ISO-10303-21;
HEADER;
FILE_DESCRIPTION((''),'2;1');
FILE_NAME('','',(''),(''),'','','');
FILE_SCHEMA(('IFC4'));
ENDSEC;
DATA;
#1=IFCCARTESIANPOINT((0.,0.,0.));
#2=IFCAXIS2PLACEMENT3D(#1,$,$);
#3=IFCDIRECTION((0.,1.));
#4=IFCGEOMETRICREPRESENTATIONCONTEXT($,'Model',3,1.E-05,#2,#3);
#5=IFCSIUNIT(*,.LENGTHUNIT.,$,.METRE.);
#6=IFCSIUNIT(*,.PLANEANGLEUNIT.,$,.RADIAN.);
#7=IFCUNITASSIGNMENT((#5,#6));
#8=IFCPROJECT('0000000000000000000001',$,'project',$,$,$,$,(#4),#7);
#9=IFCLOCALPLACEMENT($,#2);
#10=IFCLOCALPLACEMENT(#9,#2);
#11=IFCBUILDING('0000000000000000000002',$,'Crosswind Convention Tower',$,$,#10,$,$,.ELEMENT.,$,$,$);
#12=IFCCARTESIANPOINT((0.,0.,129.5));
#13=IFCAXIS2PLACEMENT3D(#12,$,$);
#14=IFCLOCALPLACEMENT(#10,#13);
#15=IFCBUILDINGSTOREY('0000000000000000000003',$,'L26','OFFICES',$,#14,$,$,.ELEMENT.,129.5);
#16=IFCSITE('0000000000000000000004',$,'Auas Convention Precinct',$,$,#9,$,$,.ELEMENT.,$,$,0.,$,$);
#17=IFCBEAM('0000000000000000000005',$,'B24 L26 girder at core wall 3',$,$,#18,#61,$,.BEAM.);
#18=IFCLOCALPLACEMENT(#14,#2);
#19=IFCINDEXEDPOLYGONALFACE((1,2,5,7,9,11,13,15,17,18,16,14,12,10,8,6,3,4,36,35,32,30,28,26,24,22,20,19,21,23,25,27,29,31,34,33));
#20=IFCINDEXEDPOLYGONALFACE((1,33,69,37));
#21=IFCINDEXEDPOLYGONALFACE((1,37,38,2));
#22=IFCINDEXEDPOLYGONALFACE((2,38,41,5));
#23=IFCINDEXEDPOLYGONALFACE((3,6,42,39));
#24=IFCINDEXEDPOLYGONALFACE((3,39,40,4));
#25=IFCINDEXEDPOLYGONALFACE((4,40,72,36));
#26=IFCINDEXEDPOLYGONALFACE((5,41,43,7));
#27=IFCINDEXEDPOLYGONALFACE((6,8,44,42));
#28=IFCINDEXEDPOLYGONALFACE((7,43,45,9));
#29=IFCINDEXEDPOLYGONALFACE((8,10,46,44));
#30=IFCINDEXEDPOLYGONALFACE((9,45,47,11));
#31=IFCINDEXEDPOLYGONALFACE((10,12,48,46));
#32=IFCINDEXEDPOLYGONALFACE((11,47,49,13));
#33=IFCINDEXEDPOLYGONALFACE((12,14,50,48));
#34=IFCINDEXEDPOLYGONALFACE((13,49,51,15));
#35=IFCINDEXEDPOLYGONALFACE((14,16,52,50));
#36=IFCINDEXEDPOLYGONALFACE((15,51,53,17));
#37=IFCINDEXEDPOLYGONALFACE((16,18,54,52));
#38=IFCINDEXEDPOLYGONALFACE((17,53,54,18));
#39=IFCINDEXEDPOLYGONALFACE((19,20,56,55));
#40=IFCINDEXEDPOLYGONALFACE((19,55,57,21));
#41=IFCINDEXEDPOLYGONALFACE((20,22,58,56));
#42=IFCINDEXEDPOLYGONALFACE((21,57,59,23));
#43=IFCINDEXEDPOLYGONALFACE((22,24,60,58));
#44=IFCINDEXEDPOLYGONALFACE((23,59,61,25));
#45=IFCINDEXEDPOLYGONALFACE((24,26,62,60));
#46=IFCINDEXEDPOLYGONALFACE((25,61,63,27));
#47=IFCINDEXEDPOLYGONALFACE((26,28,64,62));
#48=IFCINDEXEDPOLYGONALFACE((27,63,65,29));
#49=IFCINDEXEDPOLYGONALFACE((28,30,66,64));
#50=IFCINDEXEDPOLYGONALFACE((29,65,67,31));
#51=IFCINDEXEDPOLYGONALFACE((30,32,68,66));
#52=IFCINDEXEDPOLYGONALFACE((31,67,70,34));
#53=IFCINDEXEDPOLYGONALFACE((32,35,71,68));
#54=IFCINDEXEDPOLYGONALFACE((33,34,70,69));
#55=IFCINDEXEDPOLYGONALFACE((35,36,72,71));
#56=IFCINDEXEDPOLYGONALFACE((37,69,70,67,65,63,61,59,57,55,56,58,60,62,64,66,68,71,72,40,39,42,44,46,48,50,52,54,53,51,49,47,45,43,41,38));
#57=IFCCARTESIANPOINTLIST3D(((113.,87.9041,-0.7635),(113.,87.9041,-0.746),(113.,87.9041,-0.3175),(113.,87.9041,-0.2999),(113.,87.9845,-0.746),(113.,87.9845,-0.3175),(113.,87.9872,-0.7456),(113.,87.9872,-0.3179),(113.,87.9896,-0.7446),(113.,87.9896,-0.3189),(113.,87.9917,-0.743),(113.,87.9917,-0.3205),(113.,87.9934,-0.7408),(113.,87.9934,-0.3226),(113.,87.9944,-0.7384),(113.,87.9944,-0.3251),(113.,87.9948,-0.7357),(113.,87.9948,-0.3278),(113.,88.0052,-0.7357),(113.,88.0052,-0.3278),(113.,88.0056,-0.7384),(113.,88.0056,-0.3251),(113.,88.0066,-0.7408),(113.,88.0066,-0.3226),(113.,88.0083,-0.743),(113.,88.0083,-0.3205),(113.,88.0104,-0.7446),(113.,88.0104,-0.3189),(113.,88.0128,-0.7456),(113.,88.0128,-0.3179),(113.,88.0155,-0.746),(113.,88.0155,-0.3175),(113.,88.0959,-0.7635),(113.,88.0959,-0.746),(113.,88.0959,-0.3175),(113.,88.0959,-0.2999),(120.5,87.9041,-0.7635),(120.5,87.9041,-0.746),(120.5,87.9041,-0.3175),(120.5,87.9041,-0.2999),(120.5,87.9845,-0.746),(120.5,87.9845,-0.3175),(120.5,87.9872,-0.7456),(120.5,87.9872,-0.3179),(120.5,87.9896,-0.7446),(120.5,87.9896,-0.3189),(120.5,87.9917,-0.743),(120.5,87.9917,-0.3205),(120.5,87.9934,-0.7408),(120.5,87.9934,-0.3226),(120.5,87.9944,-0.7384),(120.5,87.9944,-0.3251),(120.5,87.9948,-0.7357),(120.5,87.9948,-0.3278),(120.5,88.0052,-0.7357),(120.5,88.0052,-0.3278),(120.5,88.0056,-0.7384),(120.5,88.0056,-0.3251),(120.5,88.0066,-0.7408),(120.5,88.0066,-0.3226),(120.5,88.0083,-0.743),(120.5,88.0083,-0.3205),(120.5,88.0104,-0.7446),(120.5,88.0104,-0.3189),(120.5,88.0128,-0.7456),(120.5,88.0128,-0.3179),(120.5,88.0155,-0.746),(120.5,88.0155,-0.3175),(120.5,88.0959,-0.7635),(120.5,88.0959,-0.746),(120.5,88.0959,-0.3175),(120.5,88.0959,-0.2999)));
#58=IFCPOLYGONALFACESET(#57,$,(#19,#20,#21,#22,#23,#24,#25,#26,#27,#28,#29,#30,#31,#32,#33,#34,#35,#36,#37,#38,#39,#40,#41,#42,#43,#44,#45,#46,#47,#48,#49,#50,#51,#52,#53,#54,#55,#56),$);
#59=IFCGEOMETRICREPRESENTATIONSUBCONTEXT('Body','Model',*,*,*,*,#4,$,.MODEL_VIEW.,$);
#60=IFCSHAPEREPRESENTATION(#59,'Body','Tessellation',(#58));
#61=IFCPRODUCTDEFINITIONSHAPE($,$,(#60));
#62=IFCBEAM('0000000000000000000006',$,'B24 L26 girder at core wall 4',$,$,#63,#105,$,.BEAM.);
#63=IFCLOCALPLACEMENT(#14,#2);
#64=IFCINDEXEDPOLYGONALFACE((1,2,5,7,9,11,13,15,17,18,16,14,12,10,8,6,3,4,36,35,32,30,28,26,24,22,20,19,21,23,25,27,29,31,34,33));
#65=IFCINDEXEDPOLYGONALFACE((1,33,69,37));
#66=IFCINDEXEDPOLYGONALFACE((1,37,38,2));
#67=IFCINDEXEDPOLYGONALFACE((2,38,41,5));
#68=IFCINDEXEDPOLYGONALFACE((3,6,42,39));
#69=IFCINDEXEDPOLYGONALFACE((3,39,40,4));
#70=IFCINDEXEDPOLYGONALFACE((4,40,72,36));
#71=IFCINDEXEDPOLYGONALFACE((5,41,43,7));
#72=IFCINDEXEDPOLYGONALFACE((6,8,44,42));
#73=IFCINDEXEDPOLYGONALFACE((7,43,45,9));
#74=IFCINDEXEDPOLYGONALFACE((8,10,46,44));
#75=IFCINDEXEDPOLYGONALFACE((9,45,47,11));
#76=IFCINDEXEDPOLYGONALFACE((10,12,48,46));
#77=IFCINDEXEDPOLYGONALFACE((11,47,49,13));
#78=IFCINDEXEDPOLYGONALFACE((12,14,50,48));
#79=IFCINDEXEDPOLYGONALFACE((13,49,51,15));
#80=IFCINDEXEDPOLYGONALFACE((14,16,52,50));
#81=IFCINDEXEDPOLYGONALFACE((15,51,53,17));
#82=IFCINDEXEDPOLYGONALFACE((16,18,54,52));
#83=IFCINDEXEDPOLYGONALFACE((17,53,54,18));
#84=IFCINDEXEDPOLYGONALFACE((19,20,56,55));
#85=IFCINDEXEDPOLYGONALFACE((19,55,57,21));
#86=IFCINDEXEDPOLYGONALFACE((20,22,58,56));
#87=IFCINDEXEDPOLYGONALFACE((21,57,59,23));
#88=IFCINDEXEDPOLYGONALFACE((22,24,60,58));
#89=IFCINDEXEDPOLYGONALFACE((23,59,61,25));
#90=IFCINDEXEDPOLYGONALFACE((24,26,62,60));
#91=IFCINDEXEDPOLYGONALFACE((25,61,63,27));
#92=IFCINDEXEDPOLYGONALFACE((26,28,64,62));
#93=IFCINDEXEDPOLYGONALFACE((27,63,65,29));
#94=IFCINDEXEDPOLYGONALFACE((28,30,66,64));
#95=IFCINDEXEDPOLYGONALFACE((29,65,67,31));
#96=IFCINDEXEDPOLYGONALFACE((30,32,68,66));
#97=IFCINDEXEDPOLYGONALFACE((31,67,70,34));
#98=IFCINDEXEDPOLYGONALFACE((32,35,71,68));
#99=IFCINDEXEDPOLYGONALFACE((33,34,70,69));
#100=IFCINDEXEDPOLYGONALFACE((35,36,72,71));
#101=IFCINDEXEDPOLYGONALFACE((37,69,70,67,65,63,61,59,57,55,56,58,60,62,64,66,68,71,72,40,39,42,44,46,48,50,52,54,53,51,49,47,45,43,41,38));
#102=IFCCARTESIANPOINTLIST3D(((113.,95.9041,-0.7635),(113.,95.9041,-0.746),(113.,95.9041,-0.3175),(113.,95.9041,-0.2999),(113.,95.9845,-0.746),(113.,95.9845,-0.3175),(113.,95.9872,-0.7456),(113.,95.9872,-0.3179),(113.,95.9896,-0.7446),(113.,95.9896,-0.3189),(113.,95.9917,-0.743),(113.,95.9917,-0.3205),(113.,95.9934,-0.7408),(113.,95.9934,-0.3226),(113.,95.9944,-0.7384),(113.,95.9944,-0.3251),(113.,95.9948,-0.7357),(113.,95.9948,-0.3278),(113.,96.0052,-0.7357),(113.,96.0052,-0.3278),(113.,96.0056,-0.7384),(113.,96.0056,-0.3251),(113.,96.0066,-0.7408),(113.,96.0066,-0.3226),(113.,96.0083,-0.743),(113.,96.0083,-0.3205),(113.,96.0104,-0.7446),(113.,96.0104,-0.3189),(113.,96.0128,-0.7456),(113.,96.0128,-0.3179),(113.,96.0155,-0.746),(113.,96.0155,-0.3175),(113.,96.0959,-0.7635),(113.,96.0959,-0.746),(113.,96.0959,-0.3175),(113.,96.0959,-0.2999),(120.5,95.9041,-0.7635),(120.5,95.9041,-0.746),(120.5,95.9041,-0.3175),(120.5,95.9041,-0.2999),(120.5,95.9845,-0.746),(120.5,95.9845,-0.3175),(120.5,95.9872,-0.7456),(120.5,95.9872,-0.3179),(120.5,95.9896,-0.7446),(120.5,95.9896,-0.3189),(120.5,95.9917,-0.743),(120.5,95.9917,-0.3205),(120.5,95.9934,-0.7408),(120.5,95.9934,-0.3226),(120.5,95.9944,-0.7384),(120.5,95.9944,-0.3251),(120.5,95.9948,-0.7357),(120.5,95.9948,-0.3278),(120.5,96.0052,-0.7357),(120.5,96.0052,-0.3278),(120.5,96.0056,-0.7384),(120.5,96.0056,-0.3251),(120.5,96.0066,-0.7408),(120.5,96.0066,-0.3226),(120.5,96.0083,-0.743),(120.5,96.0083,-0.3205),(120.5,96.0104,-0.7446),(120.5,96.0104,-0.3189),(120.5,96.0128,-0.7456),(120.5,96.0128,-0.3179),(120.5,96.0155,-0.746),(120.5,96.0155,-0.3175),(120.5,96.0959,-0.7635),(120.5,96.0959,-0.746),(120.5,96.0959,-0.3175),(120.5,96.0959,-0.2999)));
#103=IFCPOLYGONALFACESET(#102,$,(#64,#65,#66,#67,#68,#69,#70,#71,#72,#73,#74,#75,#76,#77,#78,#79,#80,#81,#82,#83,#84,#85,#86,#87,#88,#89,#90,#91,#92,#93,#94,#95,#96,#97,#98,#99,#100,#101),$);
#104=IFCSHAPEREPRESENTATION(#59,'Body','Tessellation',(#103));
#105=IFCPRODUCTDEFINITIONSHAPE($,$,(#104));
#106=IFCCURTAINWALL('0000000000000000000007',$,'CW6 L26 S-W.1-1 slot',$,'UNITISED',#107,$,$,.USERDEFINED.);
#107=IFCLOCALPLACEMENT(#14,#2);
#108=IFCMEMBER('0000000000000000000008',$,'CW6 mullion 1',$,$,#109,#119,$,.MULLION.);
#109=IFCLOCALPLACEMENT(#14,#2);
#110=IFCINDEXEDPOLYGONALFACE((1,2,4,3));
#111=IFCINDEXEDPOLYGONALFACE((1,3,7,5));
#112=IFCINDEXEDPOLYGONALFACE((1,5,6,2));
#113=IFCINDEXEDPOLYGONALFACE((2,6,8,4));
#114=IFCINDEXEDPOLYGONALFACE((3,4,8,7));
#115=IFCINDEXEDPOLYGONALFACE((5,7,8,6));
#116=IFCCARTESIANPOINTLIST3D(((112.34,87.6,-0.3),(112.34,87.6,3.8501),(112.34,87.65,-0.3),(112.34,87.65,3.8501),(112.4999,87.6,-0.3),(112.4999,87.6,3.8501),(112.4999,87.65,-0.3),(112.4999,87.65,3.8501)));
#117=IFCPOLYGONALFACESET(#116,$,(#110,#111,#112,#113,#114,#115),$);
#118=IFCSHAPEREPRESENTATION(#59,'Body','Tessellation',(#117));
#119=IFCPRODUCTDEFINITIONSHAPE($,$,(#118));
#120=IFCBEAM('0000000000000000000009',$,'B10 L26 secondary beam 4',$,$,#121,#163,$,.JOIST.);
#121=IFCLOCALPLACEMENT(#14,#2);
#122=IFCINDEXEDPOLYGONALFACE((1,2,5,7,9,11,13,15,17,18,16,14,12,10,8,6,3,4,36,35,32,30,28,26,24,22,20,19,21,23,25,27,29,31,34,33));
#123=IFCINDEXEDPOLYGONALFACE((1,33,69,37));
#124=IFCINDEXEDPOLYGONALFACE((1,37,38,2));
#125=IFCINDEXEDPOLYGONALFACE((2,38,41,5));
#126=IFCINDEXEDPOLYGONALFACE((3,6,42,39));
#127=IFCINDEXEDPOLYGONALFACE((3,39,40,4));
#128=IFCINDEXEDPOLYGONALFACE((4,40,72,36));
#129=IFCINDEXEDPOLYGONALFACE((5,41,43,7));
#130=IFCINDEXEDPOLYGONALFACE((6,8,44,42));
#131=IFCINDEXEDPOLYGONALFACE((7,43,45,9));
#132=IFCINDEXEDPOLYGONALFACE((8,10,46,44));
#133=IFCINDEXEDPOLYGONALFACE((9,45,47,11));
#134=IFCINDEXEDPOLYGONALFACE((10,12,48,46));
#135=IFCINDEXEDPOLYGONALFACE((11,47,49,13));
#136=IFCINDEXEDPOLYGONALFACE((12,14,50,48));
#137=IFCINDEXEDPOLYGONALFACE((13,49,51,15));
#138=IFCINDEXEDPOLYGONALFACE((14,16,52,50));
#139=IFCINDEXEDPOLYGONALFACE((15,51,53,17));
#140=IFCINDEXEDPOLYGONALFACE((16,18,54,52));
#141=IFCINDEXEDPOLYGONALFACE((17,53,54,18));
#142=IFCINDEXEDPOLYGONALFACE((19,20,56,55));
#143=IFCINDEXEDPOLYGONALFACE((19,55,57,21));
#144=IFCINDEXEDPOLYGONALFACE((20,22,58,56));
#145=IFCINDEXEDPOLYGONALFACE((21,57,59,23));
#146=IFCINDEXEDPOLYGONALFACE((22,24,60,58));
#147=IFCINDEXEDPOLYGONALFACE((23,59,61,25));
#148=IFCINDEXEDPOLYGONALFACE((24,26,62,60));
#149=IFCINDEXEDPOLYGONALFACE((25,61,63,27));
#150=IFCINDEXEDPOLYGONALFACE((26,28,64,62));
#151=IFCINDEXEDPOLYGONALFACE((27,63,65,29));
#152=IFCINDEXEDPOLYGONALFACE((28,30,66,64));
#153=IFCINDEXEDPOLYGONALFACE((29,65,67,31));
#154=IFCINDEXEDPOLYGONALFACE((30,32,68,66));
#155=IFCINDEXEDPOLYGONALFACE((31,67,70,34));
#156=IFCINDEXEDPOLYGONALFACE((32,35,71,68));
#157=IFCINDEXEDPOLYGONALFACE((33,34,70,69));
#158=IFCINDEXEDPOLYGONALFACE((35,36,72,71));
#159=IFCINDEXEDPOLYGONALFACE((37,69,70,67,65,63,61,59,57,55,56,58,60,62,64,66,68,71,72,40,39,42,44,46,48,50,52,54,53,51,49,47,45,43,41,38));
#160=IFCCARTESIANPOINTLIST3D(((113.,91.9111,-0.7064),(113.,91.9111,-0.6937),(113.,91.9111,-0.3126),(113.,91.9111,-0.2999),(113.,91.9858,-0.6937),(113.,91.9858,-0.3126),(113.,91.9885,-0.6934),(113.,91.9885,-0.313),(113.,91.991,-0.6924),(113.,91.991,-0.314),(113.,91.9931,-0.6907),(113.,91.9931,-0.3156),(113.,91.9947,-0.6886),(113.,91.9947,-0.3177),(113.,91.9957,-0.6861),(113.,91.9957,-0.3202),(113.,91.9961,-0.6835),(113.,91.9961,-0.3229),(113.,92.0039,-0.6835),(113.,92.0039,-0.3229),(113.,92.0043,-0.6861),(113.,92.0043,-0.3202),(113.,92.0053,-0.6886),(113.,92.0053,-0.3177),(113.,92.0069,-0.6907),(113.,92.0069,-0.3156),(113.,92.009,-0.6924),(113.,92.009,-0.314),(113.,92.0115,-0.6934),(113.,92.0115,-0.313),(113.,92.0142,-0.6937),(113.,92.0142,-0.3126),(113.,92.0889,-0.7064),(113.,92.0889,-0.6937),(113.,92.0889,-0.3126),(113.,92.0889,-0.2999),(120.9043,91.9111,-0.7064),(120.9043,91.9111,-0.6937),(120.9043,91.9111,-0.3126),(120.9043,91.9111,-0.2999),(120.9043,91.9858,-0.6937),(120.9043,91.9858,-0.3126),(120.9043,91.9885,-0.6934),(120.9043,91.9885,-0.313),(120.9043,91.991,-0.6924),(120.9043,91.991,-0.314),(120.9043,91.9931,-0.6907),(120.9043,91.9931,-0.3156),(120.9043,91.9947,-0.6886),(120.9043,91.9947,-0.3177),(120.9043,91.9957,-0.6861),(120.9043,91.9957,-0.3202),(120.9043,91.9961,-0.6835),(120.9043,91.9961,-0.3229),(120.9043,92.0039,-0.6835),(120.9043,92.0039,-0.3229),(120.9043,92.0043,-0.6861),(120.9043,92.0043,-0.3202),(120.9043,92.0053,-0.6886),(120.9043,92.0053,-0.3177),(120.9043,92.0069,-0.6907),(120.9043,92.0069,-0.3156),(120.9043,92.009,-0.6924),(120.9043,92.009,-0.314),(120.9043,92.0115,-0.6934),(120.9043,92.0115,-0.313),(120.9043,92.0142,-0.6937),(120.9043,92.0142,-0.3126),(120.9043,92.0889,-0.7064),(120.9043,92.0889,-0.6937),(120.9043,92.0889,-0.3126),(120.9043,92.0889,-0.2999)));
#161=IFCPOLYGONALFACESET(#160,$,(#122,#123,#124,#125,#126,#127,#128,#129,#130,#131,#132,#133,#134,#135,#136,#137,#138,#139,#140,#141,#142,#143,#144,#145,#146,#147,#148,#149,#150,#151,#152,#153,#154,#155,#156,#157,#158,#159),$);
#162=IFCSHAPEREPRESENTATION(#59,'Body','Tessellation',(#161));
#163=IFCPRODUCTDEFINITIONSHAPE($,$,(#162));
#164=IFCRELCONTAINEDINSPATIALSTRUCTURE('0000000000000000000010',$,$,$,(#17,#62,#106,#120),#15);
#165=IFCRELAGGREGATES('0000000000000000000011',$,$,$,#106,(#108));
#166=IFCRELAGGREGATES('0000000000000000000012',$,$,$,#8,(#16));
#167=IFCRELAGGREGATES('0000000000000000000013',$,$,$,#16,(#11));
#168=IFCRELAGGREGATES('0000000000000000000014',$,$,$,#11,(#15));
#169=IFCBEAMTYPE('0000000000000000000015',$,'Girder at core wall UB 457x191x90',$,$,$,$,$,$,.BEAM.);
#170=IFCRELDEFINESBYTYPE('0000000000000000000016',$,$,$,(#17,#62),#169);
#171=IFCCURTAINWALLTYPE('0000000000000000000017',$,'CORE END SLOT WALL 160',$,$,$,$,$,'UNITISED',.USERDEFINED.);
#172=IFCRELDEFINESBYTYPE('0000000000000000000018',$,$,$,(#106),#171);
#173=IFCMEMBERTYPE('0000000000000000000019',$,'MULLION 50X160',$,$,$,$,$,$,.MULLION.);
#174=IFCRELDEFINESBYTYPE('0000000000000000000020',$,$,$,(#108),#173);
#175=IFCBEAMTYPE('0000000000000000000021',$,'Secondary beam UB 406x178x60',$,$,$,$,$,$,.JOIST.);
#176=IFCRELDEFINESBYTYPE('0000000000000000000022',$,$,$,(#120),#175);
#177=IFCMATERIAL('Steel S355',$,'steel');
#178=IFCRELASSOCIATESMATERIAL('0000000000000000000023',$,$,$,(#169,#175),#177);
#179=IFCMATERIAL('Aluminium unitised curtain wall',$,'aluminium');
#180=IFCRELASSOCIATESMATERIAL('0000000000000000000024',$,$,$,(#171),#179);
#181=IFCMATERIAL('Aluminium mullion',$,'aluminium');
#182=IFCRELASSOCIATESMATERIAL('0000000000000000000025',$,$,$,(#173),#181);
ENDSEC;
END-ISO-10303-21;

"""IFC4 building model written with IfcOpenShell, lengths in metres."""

from ifc_helpers import new_model, si_unit, direction, frame, origin, origin_2d, place, context, subcontext, project, spatial, rectangle, i_section, extrude, material, material_profile, profile_set, type_object, element, aggregate, save


model = new_model("IFC4")

# Units and contexts
model_context = context("Model", 3, precision=1e-05, world=origin(), true_north=direction((0.0, 1.0)))
body_context = subcontext(model_context, "Body", "Model", "MODEL_VIEW")
ifc_project = project(units=[si_unit("LENGTHUNIT", "METRE"), si_unit("PLANEANGLEUNIT", "RADIAN")], contexts=[model_context])

# Site, building, storey
site_placement = place(None, origin())
site = spatial("IfcSite", under=ifc_project, at=site_placement, Name="Auas Convention Precinct", CompositionType="ELEMENT", RefElevation=0.0)
building_placement = place(site_placement, origin())
building = spatial("IfcBuilding", under=site, at=building_placement, Name="Crosswind Convention Tower", CompositionType="ELEMENT")
storey_placement = place(building_placement, frame((0.0, 0.0, 129.5)))
storey = spatial("IfcBuildingStorey", under=building, at=storey_placement, Name="L26", Description="OFFICES", CompositionType="ELEMENT", Elevation=129.5)

# Beams
ifc_material_1 = material(Name="Steel S355", Category="steel")
ifc_material_profile_1 = material_profile(ifc_material_1, i_section(OverallWidth=0.1919, OverallDepth=0.4636, WebThickness=0.0105, FlangeThickness=0.0176, FilletRadius=0.0103, at=origin_2d()), Name="UB 457x191x90")
ifc_profile_set_1 = profile_set([ifc_material_profile_1], Name="Steel S355")
beam_type_1 = type_object("IfcBeamType", Name="Girder at core wall UB 457x191x90", PredefinedType="BEAM", material=ifc_profile_set_1)
for number, where, z_axis, x_axis, name in (
    (1, (113.0, 88.0, -0.5317), (1.0, 0.0, 0.0), (0.0, 1.0, 0.0), "B24 L26 girder at core wall 3"),
    (2, (113.0, 96.0, -0.5317), (1.0, 0.0, 0.0), (0.0, 1.0, 0.0), "B24 L26 girder at core wall 4"),
):
    element("IfcBeam", number, at=place(storey_placement, frame(where, z_axis=z_axis, x_axis=x_axis)), inside=storey, type_object=beam_type_1, Name=name, PredefinedType="BEAM", context=body_context, shape_type="SweptSolid", body=[
        extrude(i_section(OverallWidth=0.1919, OverallDepth=0.4636, WebThickness=0.0105, FlangeThickness=0.0176, FilletRadius=0.0103, at=origin_2d()), origin(), (0.0, 0.0, 1.0), 7.5),
    ])

# Curtain wall, member
ifc_material_2 = material(Name="Aluminium unitised curtain wall", Category="aluminium")
curtain_wall_type = type_object("IfcCurtainWallType", Name="CORE END SLOT WALL 160", ElementType="UNITISED", PredefinedType="USERDEFINED", material=ifc_material_2)
curtain_wall_placement = place(storey_placement, origin())
curtain_wall = element("IfcCurtainWall", 3, at=curtain_wall_placement, inside=storey, type_object=curtain_wall_type, Name="CW6 L26 S-W.1-1 slot", ObjectType="UNITISED", PredefinedType="USERDEFINED")
ifc_material_3 = material(Name="Aluminium mullion", Category="aluminium")
ifc_material_profile_2 = material_profile(ifc_material_3, rectangle(XDim=0.1599, YDim=0.05, at=origin_2d()), Name="AL 160X50")
ifc_profile_set_2 = profile_set([ifc_material_profile_2], Name="Aluminium mullion")
member_type_1 = type_object("IfcMemberType", Name="MULLION 50X160", PredefinedType="MULLION", material=ifc_profile_set_2)
member_1_placement = place(storey_placement, frame((112.4199, 87.625, -0.3), z_axis=(0.0, 0.0, 1.0), x_axis=(-1.0, 0.0, 0.0)))
member_1 = element("IfcMember", 4, at=member_1_placement, type_object=member_type_1, Name="CW6 mullion 1", PredefinedType="MULLION", context=body_context, shape_type="SweptSolid", body=[
    extrude(rectangle(XDim=0.1599, YDim=0.05, at=origin_2d()), origin(), (0.0, 0.0, 1.0), 4.1501),
])

# Beam
ifc_material_profile_3 = material_profile(ifc_material_1, i_section(OverallWidth=0.1777, OverallDepth=0.4065, WebThickness=0.0078, FlangeThickness=0.0127, FilletRadius=0.0103, at=origin_2d()), Name="UB 406x178x60")
ifc_profile_set_3 = profile_set([ifc_material_profile_3], Name="Steel S355")
beam_type_2 = type_object("IfcBeamType", Name="Secondary beam UB 406x178x60", PredefinedType="JOIST", material=ifc_profile_set_3)
beam_1_placement = place(storey_placement, frame((113.0, 92.0, -0.5032), z_axis=(1.0, 0.0, 0.0), x_axis=(0.0, 1.0, 0.0)))
element("IfcBeam", 5, at=beam_1_placement, inside=storey, type_object=beam_type_2, Name="B10 L26 secondary beam 4", PredefinedType="JOIST", context=body_context, shape_type="SweptSolid", body=[
    extrude(i_section(OverallWidth=0.1777, OverallDepth=0.4065, WebThickness=0.0078, FlangeThickness=0.0127, FilletRadius=0.0103, at=origin_2d()), origin(), (0.0, 0.0, 1.0), 7.9043),
])

aggregate(curtain_wall, [member_1])

save(model, "model.ifc")
